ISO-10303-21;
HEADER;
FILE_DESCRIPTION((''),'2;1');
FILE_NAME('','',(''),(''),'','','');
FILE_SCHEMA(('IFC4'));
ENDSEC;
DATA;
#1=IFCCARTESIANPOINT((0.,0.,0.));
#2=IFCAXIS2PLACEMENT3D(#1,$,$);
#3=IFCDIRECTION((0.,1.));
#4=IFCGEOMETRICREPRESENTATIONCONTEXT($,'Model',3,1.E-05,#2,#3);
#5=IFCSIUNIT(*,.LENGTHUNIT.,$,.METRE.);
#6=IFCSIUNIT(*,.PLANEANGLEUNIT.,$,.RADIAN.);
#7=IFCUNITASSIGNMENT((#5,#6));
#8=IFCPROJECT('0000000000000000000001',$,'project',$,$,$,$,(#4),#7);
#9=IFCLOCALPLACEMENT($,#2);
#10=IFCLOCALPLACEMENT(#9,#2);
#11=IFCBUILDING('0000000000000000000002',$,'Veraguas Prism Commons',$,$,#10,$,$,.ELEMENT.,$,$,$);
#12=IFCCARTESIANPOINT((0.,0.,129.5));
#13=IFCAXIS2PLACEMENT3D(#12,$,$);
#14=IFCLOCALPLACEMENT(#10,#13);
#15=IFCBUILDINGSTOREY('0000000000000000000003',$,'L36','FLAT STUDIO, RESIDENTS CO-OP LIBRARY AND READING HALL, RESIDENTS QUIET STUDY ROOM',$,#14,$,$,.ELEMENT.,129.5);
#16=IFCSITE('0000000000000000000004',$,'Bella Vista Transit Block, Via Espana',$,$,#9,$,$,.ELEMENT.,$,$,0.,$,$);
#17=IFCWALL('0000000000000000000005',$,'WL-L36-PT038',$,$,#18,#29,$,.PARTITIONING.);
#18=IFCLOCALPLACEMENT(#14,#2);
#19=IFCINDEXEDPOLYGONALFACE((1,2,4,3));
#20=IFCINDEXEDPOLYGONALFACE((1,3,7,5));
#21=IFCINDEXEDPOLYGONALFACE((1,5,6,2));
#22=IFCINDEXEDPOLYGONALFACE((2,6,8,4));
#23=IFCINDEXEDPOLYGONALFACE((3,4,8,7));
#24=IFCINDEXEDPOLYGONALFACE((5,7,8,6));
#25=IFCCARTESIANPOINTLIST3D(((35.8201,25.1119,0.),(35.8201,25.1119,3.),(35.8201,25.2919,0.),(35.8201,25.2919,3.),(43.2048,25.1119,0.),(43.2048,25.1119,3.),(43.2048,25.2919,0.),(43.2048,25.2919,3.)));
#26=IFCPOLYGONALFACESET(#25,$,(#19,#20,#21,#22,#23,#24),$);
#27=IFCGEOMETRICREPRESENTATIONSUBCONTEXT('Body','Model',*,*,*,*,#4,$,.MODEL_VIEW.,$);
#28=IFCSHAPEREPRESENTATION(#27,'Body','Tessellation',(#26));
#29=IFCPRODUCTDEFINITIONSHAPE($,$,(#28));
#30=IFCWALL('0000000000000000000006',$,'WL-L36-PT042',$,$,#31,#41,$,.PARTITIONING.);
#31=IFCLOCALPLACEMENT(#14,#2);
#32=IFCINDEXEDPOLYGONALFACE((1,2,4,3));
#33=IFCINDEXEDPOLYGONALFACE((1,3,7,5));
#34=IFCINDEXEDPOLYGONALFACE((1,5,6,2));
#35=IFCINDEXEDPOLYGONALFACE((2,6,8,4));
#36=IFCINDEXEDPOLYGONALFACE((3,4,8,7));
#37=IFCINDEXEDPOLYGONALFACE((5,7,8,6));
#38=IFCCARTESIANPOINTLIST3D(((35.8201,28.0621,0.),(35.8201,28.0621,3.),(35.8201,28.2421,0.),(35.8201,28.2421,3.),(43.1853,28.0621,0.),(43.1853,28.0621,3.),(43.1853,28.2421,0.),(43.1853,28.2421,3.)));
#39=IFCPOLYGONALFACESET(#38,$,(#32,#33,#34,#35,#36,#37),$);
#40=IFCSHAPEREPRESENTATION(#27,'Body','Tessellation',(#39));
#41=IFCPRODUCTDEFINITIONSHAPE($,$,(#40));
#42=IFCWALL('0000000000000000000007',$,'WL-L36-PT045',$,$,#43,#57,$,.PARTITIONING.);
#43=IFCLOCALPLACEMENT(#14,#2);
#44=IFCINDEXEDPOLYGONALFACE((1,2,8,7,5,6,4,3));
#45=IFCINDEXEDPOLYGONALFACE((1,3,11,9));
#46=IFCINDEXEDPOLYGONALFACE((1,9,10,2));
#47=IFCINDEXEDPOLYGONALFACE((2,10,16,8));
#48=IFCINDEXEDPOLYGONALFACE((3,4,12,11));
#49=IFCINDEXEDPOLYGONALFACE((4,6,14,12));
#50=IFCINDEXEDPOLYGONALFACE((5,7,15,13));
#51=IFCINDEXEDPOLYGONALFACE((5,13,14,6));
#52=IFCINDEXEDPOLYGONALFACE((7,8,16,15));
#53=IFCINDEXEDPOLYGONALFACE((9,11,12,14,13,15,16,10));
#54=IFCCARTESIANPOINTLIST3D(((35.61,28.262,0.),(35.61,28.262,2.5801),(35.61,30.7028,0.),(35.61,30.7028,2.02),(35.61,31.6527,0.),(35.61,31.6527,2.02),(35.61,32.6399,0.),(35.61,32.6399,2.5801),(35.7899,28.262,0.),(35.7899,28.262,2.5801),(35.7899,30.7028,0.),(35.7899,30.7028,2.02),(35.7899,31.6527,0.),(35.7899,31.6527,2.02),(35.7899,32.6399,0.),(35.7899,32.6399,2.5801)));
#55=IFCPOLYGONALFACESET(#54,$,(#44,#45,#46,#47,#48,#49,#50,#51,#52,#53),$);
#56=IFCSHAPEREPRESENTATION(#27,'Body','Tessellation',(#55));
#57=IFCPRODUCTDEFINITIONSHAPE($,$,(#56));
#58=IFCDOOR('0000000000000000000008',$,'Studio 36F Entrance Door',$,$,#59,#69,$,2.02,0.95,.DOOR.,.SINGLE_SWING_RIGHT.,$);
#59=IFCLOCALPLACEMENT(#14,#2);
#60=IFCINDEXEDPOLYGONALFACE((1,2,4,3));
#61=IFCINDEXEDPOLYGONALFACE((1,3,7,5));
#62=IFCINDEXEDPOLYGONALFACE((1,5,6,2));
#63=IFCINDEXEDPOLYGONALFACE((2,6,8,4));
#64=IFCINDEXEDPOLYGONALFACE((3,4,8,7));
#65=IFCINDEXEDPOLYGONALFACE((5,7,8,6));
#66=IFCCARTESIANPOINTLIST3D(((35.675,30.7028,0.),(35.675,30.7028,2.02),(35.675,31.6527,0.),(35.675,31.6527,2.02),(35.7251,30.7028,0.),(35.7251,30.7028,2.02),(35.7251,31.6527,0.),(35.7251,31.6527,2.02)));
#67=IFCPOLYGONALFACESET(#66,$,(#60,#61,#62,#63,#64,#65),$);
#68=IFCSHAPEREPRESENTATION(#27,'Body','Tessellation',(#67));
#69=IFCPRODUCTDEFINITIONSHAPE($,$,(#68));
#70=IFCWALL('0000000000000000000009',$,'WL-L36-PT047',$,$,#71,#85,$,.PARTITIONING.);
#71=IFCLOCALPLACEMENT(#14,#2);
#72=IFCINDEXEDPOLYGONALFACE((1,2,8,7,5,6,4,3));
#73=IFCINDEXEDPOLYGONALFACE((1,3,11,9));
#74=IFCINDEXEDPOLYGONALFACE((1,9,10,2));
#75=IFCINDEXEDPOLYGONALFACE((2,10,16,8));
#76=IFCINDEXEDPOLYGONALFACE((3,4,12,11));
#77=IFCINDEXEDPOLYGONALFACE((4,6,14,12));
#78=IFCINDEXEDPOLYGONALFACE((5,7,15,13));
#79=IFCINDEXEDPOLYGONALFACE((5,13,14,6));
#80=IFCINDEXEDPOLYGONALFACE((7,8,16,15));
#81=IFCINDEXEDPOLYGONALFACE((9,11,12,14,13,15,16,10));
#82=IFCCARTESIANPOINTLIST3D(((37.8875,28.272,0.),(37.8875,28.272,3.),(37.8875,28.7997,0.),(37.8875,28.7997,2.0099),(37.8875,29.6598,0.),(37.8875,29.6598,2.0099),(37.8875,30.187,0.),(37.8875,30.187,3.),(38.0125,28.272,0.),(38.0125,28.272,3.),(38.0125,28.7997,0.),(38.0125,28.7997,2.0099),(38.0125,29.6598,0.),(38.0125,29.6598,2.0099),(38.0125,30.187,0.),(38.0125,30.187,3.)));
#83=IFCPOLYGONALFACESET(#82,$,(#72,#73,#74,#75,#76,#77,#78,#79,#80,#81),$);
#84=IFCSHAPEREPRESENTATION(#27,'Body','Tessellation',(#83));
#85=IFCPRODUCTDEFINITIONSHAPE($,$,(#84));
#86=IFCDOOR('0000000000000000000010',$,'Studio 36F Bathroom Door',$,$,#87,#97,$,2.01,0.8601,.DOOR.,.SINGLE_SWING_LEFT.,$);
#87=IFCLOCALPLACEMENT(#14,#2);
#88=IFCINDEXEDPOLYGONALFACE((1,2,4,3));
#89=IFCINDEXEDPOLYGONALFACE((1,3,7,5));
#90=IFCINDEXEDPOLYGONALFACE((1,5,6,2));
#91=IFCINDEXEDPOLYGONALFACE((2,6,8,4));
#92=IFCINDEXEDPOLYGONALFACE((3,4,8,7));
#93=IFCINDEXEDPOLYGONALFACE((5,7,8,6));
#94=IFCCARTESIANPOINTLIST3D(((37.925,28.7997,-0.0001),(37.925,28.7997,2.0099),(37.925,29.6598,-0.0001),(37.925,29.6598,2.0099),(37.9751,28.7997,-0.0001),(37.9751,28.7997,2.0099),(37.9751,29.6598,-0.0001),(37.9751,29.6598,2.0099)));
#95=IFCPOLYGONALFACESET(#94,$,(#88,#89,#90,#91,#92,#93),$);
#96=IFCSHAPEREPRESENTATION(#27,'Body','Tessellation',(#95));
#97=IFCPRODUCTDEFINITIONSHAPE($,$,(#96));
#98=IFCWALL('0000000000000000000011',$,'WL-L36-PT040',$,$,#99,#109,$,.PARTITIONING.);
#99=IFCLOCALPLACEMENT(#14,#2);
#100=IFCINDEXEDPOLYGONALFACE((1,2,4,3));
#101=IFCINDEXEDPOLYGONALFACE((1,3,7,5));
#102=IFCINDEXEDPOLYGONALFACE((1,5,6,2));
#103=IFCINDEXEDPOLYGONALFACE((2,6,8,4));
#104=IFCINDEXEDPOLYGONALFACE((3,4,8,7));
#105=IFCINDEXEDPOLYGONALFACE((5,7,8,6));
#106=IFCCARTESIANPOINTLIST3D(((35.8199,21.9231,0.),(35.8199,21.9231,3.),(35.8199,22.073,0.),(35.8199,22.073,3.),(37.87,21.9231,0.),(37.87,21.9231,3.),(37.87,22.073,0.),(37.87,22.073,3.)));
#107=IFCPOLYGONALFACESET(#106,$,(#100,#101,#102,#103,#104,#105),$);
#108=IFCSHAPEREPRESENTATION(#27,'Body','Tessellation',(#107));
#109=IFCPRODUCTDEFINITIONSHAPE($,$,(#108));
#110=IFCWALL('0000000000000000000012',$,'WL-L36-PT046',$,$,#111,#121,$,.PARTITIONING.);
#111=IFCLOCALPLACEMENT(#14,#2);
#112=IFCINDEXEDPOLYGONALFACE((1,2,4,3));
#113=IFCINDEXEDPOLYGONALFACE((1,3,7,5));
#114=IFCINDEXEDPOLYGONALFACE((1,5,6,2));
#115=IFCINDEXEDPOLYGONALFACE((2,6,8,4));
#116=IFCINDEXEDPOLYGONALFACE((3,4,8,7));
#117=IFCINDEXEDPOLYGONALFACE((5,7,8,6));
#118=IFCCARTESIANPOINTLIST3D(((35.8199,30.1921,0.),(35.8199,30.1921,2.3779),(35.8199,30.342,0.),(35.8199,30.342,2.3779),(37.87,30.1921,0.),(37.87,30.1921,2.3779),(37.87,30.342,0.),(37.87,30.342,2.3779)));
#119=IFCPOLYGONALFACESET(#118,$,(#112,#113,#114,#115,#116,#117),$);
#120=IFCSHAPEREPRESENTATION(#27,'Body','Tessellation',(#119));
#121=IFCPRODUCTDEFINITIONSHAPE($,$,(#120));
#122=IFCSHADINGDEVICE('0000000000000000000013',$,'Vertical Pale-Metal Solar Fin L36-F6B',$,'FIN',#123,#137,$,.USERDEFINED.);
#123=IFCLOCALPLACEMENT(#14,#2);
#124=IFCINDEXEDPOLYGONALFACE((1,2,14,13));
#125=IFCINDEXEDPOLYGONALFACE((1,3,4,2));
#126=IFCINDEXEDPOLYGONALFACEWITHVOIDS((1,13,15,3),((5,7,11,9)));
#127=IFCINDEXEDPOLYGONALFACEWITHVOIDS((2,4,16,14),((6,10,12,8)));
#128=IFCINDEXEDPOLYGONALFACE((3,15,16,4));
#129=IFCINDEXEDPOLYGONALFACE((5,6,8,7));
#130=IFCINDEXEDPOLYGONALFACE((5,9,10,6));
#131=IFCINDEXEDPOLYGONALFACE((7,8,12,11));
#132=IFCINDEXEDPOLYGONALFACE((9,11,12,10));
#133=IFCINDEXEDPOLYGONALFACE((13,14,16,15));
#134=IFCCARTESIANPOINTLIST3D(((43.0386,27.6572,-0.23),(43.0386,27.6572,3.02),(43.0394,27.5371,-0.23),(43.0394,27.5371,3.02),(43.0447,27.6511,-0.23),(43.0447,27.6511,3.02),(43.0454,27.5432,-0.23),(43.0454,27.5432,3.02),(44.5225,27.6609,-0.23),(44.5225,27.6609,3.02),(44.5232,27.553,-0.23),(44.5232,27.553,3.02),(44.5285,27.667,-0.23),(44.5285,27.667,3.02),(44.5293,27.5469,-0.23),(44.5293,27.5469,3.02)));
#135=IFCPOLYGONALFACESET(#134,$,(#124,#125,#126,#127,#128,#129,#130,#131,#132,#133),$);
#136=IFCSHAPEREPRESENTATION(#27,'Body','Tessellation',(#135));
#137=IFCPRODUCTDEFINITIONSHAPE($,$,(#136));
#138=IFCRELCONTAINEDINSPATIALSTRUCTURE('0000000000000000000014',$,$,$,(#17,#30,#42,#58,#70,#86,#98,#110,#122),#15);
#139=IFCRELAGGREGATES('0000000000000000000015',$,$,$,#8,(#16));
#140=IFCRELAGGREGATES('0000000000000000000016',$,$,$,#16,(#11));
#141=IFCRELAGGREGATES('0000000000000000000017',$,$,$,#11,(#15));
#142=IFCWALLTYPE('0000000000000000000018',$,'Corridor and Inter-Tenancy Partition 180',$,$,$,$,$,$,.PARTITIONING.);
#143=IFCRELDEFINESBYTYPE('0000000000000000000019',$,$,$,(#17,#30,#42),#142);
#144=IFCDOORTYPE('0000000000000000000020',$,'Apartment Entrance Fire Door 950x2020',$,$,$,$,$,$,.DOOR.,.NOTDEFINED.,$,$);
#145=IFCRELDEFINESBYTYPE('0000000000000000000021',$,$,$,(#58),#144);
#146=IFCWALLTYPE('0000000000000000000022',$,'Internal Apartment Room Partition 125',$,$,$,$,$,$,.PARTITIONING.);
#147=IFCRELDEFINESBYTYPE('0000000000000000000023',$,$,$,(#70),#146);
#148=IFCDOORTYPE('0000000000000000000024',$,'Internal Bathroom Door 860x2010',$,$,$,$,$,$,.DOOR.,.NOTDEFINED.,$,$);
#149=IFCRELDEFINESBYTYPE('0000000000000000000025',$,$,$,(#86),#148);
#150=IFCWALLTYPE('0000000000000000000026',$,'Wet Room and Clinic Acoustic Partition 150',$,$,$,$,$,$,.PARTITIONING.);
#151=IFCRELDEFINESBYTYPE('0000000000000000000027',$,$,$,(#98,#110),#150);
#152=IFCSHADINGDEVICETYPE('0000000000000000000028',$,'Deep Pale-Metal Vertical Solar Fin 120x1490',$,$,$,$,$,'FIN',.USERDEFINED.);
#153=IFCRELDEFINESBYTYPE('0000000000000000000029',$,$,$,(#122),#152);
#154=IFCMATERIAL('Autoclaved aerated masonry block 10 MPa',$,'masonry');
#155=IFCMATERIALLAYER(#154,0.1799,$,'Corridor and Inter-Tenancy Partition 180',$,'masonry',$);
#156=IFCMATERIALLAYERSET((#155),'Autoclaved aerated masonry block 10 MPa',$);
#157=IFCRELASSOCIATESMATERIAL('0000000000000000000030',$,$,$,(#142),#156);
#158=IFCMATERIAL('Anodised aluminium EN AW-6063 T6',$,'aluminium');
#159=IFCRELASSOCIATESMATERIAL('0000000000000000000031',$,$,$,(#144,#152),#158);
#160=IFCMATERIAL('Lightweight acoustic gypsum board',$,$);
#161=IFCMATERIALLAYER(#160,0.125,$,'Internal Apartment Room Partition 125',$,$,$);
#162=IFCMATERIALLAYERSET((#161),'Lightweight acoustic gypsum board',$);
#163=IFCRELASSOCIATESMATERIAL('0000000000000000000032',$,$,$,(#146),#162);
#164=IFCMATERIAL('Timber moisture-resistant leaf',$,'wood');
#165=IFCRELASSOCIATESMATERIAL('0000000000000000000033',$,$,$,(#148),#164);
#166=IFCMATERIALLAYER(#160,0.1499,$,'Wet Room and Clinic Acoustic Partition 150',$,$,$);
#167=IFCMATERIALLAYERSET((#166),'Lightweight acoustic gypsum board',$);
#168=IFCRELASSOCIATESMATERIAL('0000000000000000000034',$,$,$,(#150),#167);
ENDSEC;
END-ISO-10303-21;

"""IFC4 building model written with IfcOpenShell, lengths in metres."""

from ifc_helpers import new_model, si_unit, direction, frame, frame_2d, origin, origin_2d, place, context, subcontext, project, spatial, rectangle, hollow_rectangle, extrude, source, transform, mapped, material, layer, layer_set, material_profile, profile_set, type_object, element, fill, save


model = new_model("IFC4")

# Units and contexts
model_context = context("Model", 3, precision=1e-05, world=origin(), true_north=direction((0.0, 1.0)))
body_context = subcontext(model_context, "Body", "Model", "MODEL_VIEW")
ifc_project = project(units=[si_unit("LENGTHUNIT", "METRE"), si_unit("PLANEANGLEUNIT", "RADIAN")], contexts=[model_context])

# Site, building, storey
site_placement = place(None, origin())
site = spatial("IfcSite", under=ifc_project, at=site_placement, Name="Bella Vista Transit Block, Via Espana", CompositionType="ELEMENT", RefElevation=0.0)
building_placement = place(site_placement, origin())
building = spatial("IfcBuilding", under=site, at=building_placement, Name="Veraguas Prism Commons", CompositionType="ELEMENT")
storey_placement = place(building_placement, frame((0.0, 0.0, 129.5)))
storey = spatial("IfcBuildingStorey", under=building, at=storey_placement, Name="L36", Description="FLAT STUDIO, RESIDENTS CO-OP LIBRARY AND READING HALL, RESIDENTS QUIET STUDY ROOM", CompositionType="ELEMENT", Elevation=129.5)

# Shared definitions
ifc_material_1 = material(Name="Anodised aluminium EN AW-6063 T6", Category="aluminium")

# Walls
ifc_material_2 = material(Name="Autoclaved aerated masonry block 10 MPa", Category="masonry")
ifc_layer_1 = layer(ifc_material_2, 0.1799, Name="Corridor and Inter-Tenancy Partition 180", Category="masonry")
ifc_layer_set_1 = layer_set([ifc_layer_1], Name="Autoclaved aerated masonry block 10 MPa")
wall_type_1 = type_object("IfcWallType", Name="Corridor and Inter-Tenancy Partition 180", PredefinedType="PARTITIONING", material=ifc_layer_set_1)
wall_1_placement = place(storey_placement, frame((35.8201, 25.2019, 0.0), z_axis=(0.0, 0.0, 1.0), x_axis=(1.0, 0.0, 0.0)))
element("IfcWall", 1, at=wall_1_placement, inside=storey, type_object=wall_type_1, Name="WL-L36-PT038", PredefinedType="PARTITIONING", context=body_context, shape_type="SweptSolid", body=[
    extrude(rectangle(XDim=7.3848, YDim=0.1799, at=frame_2d((3.6924, 0.0))), origin(), (0.0, 0.0, 1.0), 3.0),
])
wall_2_placement = place(storey_placement, frame((35.8201, 28.1521, 0.0), z_axis=(0.0, 0.0, 1.0), x_axis=(1.0, 0.0, 0.0)))
element("IfcWall", 2, at=wall_2_placement, inside=storey, type_object=wall_type_1, Name="WL-L36-PT042", PredefinedType="PARTITIONING", context=body_context, shape_type="SweptSolid", body=[
    extrude(rectangle(XDim=7.3652, YDim=0.1799, at=frame_2d((3.6826, 0.0))), origin(), (0.0, 0.0, 1.0), 3.0),
])

# Walls, openings, doors
wall_3_placement = place(storey_placement, frame((35.7, 28.262, 0.0), z_axis=(0.0, 0.0, 1.0), x_axis=(0.0, 1.0, 0.0)))
wall_3 = element("IfcWall", 3, at=wall_3_placement, inside=storey, type_object=wall_type_1, Name="WL-L36-PT045", PredefinedType="PARTITIONING", context=body_context, shape_type="SweptSolid", body=[
    extrude(rectangle(XDim=4.3779, YDim=0.1799, at=frame_2d((2.189, 0.0))), origin(), (0.0, 0.0, 1.0), 2.5801),
])
opening_1_placement = place(wall_3_placement, frame((2.4407, 0.0, 0.0)))
opening_1 = element("IfcOpeningElement", 4, at=opening_1_placement, cuts=wall_3, PredefinedType="OPENING", context=body_context, shape_type="SweptSolid", body=[
    extrude(rectangle(XDim=0.95, YDim=2.02, at=frame_2d((0.4751, 1.01))), frame((0.0, 0.0999, 0.0), z_axis=(0.0, -1.0, 0.0), x_axis=(1.0, 0.0, 0.0)), (0.0, 0.0, 1.0), 0.2),
])
door_type_1 = type_object("IfcDoorType", Name="Apartment Entrance Fire Door 950x2020", OperationType="NOTDEFINED", PredefinedType="DOOR", material=ifc_material_1)
shared_shape_1 = source(origin(), body_context, "Body", "SweptSolid", [
    extrude(rectangle(XDim=0.95, YDim=2.02, at=frame_2d((0.4751, 1.01))), frame((0.0, 0.0249, 0.0), z_axis=(0.0, -1.0, 0.0), x_axis=(1.0, 0.0, 0.0)), (0.0, 0.0, 1.0), 0.05),
])
door_1_placement = place(opening_1_placement, origin())
door_1 = element("IfcDoor", 5, at=door_1_placement, inside=storey, type_object=door_type_1, Name="Studio 36F Entrance Door", OperationType="SINGLE_SWING_RIGHT", OverallHeight=2.02, OverallWidth=0.95, PredefinedType="DOOR", context=body_context, shape_type="MappedRepresentation", body=[
    mapped(shared_shape_1, transform((0.0, 0.0, 0.0), scale=1.0)),
])
fill(opening_1, door_1)
ifc_material_3 = material(Name="Lightweight acoustic gypsum board")
ifc_layer_2 = layer(ifc_material_3, 0.125, Name="Internal Apartment Room Partition 125")
ifc_layer_set_2 = layer_set([ifc_layer_2], Name="Lightweight acoustic gypsum board")
wall_type_2 = type_object("IfcWallType", Name="Internal Apartment Room Partition 125", PredefinedType="PARTITIONING", material=ifc_layer_set_2)
wall_4_placement = place(storey_placement, frame((37.95, 28.272, 0.0), z_axis=(0.0, 0.0, 1.0), x_axis=(0.0, 1.0, 0.0)))
wall_4 = element("IfcWall", 6, at=wall_4_placement, inside=storey, type_object=wall_type_2, Name="WL-L36-PT047", PredefinedType="PARTITIONING", context=body_context, shape_type="SweptSolid", body=[
    extrude(rectangle(XDim=1.915, YDim=0.125, at=frame_2d((0.9575, 0.0))), origin(), (0.0, 0.0, 1.0), 3.0),
])
opening_2_placement = place(wall_4_placement, frame((0.5276, 0.0, 0.0)))
opening_2 = element("IfcOpeningElement", 7, at=opening_2_placement, cuts=wall_4, PredefinedType="OPENING", context=body_context, shape_type="SweptSolid", body=[
    extrude(rectangle(XDim=0.8601, YDim=2.01, at=frame_2d((0.4302, 1.0049))), frame((0.0, 0.0725, 0.0), z_axis=(0.0, -1.0, 0.0), x_axis=(1.0, 0.0, 0.0)), (0.0, 0.0, 1.0), 0.145),
])
ifc_material_4 = material(Name="Timber moisture-resistant leaf", Category="wood")
door_type_2 = type_object("IfcDoorType", Name="Internal Bathroom Door 860x2010", OperationType="NOTDEFINED", PredefinedType="DOOR", material=ifc_material_4)
shared_shape_2 = source(origin(), body_context, "Body", "SweptSolid", [
    extrude(rectangle(XDim=0.8601, YDim=2.01, at=frame_2d((0.4302, 1.0049))), frame((0.0, 0.0249, 0.0), z_axis=(0.0, -1.0, 0.0), x_axis=(1.0, 0.0, 0.0)), (0.0, 0.0, 1.0), 0.05),
])
door_2_placement = place(opening_2_placement, origin())
door_2 = element("IfcDoor", 8, at=door_2_placement, inside=storey, type_object=door_type_2, Name="Studio 36F Bathroom Door", OperationType="SINGLE_SWING_LEFT", OverallHeight=2.01, OverallWidth=0.8601, PredefinedType="DOOR", context=body_context, shape_type="MappedRepresentation", body=[
    mapped(shared_shape_2, transform((0.0, 0.0, 0.0), scale=1.0)),
])
fill(opening_2, door_2)

# Walls
ifc_layer_3 = layer(ifc_material_3, 0.1499, Name="Wet Room and Clinic Acoustic Partition 150")
ifc_layer_set_3 = layer_set([ifc_layer_3], Name="Lightweight acoustic gypsum board")
wall_type_3 = type_object("IfcWallType", Name="Wet Room and Clinic Acoustic Partition 150", PredefinedType="PARTITIONING", material=ifc_layer_set_3)
wall_5_placement = place(storey_placement, frame((35.8201, 21.998, 0.0), z_axis=(0.0, 0.0, 1.0), x_axis=(1.0, 0.0, 0.0)))
element("IfcWall", 9, at=wall_5_placement, inside=storey, type_object=wall_type_3, Name="WL-L36-PT040", PredefinedType="PARTITIONING", context=body_context, shape_type="SweptSolid", body=[
    extrude(rectangle(XDim=2.05, YDim=0.1499, at=frame_2d((1.0249, 0.0))), origin(), (0.0, 0.0, 1.0), 3.0),
])
wall_6_placement = place(storey_placement, frame((35.8201, 30.2671, 0.0), z_axis=(0.0, 0.0, 1.0), x_axis=(1.0, 0.0, 0.0)))
element("IfcWall", 10, at=wall_6_placement, inside=storey, type_object=wall_type_3, Name="WL-L36-PT046", PredefinedType="PARTITIONING", context=body_context, shape_type="SweptSolid", body=[
    extrude(rectangle(XDim=2.05, YDim=0.1499, at=frame_2d((1.0249, 0.0))), origin(), (0.0, 0.0, 1.0), 2.3779),
])

# Shading device
ifc_material_profile_1 = material_profile(ifc_material_1, hollow_rectangle(XDim=0.1201, YDim=1.49, WallThickness=0.0061, at=origin_2d()), Name="FIN120X1490X6")
ifc_profile_set_1 = profile_set([ifc_material_profile_1], Name="Anodised aluminium EN AW-6063 T6")
shading_device_type = type_object("IfcShadingDeviceType", Name="Deep Pale-Metal Vertical Solar Fin 120x1490", ElementType="FIN", PredefinedType="USERDEFINED", material=ifc_profile_set_1)
shading_device_placement = place(storey_placement, frame((43.7839, 27.6021, -0.23), z_axis=(0.0, 0.0, 1.0), x_axis=(-0.006632, 0.999978, 0.0)))
element("IfcShadingDevice", 11, at=shading_device_placement, inside=storey, type_object=shading_device_type, Name="Vertical Pale-Metal Solar Fin L36-F6B", ObjectType="FIN", PredefinedType="USERDEFINED", context=body_context, shape_type="SweptSolid", body=[
    extrude(hollow_rectangle(XDim=0.1201, YDim=1.49, WallThickness=0.0061, at=origin_2d()), origin(), (0.0, 0.0, 1.0), 3.25),
])

save(model, "model.ifc")
